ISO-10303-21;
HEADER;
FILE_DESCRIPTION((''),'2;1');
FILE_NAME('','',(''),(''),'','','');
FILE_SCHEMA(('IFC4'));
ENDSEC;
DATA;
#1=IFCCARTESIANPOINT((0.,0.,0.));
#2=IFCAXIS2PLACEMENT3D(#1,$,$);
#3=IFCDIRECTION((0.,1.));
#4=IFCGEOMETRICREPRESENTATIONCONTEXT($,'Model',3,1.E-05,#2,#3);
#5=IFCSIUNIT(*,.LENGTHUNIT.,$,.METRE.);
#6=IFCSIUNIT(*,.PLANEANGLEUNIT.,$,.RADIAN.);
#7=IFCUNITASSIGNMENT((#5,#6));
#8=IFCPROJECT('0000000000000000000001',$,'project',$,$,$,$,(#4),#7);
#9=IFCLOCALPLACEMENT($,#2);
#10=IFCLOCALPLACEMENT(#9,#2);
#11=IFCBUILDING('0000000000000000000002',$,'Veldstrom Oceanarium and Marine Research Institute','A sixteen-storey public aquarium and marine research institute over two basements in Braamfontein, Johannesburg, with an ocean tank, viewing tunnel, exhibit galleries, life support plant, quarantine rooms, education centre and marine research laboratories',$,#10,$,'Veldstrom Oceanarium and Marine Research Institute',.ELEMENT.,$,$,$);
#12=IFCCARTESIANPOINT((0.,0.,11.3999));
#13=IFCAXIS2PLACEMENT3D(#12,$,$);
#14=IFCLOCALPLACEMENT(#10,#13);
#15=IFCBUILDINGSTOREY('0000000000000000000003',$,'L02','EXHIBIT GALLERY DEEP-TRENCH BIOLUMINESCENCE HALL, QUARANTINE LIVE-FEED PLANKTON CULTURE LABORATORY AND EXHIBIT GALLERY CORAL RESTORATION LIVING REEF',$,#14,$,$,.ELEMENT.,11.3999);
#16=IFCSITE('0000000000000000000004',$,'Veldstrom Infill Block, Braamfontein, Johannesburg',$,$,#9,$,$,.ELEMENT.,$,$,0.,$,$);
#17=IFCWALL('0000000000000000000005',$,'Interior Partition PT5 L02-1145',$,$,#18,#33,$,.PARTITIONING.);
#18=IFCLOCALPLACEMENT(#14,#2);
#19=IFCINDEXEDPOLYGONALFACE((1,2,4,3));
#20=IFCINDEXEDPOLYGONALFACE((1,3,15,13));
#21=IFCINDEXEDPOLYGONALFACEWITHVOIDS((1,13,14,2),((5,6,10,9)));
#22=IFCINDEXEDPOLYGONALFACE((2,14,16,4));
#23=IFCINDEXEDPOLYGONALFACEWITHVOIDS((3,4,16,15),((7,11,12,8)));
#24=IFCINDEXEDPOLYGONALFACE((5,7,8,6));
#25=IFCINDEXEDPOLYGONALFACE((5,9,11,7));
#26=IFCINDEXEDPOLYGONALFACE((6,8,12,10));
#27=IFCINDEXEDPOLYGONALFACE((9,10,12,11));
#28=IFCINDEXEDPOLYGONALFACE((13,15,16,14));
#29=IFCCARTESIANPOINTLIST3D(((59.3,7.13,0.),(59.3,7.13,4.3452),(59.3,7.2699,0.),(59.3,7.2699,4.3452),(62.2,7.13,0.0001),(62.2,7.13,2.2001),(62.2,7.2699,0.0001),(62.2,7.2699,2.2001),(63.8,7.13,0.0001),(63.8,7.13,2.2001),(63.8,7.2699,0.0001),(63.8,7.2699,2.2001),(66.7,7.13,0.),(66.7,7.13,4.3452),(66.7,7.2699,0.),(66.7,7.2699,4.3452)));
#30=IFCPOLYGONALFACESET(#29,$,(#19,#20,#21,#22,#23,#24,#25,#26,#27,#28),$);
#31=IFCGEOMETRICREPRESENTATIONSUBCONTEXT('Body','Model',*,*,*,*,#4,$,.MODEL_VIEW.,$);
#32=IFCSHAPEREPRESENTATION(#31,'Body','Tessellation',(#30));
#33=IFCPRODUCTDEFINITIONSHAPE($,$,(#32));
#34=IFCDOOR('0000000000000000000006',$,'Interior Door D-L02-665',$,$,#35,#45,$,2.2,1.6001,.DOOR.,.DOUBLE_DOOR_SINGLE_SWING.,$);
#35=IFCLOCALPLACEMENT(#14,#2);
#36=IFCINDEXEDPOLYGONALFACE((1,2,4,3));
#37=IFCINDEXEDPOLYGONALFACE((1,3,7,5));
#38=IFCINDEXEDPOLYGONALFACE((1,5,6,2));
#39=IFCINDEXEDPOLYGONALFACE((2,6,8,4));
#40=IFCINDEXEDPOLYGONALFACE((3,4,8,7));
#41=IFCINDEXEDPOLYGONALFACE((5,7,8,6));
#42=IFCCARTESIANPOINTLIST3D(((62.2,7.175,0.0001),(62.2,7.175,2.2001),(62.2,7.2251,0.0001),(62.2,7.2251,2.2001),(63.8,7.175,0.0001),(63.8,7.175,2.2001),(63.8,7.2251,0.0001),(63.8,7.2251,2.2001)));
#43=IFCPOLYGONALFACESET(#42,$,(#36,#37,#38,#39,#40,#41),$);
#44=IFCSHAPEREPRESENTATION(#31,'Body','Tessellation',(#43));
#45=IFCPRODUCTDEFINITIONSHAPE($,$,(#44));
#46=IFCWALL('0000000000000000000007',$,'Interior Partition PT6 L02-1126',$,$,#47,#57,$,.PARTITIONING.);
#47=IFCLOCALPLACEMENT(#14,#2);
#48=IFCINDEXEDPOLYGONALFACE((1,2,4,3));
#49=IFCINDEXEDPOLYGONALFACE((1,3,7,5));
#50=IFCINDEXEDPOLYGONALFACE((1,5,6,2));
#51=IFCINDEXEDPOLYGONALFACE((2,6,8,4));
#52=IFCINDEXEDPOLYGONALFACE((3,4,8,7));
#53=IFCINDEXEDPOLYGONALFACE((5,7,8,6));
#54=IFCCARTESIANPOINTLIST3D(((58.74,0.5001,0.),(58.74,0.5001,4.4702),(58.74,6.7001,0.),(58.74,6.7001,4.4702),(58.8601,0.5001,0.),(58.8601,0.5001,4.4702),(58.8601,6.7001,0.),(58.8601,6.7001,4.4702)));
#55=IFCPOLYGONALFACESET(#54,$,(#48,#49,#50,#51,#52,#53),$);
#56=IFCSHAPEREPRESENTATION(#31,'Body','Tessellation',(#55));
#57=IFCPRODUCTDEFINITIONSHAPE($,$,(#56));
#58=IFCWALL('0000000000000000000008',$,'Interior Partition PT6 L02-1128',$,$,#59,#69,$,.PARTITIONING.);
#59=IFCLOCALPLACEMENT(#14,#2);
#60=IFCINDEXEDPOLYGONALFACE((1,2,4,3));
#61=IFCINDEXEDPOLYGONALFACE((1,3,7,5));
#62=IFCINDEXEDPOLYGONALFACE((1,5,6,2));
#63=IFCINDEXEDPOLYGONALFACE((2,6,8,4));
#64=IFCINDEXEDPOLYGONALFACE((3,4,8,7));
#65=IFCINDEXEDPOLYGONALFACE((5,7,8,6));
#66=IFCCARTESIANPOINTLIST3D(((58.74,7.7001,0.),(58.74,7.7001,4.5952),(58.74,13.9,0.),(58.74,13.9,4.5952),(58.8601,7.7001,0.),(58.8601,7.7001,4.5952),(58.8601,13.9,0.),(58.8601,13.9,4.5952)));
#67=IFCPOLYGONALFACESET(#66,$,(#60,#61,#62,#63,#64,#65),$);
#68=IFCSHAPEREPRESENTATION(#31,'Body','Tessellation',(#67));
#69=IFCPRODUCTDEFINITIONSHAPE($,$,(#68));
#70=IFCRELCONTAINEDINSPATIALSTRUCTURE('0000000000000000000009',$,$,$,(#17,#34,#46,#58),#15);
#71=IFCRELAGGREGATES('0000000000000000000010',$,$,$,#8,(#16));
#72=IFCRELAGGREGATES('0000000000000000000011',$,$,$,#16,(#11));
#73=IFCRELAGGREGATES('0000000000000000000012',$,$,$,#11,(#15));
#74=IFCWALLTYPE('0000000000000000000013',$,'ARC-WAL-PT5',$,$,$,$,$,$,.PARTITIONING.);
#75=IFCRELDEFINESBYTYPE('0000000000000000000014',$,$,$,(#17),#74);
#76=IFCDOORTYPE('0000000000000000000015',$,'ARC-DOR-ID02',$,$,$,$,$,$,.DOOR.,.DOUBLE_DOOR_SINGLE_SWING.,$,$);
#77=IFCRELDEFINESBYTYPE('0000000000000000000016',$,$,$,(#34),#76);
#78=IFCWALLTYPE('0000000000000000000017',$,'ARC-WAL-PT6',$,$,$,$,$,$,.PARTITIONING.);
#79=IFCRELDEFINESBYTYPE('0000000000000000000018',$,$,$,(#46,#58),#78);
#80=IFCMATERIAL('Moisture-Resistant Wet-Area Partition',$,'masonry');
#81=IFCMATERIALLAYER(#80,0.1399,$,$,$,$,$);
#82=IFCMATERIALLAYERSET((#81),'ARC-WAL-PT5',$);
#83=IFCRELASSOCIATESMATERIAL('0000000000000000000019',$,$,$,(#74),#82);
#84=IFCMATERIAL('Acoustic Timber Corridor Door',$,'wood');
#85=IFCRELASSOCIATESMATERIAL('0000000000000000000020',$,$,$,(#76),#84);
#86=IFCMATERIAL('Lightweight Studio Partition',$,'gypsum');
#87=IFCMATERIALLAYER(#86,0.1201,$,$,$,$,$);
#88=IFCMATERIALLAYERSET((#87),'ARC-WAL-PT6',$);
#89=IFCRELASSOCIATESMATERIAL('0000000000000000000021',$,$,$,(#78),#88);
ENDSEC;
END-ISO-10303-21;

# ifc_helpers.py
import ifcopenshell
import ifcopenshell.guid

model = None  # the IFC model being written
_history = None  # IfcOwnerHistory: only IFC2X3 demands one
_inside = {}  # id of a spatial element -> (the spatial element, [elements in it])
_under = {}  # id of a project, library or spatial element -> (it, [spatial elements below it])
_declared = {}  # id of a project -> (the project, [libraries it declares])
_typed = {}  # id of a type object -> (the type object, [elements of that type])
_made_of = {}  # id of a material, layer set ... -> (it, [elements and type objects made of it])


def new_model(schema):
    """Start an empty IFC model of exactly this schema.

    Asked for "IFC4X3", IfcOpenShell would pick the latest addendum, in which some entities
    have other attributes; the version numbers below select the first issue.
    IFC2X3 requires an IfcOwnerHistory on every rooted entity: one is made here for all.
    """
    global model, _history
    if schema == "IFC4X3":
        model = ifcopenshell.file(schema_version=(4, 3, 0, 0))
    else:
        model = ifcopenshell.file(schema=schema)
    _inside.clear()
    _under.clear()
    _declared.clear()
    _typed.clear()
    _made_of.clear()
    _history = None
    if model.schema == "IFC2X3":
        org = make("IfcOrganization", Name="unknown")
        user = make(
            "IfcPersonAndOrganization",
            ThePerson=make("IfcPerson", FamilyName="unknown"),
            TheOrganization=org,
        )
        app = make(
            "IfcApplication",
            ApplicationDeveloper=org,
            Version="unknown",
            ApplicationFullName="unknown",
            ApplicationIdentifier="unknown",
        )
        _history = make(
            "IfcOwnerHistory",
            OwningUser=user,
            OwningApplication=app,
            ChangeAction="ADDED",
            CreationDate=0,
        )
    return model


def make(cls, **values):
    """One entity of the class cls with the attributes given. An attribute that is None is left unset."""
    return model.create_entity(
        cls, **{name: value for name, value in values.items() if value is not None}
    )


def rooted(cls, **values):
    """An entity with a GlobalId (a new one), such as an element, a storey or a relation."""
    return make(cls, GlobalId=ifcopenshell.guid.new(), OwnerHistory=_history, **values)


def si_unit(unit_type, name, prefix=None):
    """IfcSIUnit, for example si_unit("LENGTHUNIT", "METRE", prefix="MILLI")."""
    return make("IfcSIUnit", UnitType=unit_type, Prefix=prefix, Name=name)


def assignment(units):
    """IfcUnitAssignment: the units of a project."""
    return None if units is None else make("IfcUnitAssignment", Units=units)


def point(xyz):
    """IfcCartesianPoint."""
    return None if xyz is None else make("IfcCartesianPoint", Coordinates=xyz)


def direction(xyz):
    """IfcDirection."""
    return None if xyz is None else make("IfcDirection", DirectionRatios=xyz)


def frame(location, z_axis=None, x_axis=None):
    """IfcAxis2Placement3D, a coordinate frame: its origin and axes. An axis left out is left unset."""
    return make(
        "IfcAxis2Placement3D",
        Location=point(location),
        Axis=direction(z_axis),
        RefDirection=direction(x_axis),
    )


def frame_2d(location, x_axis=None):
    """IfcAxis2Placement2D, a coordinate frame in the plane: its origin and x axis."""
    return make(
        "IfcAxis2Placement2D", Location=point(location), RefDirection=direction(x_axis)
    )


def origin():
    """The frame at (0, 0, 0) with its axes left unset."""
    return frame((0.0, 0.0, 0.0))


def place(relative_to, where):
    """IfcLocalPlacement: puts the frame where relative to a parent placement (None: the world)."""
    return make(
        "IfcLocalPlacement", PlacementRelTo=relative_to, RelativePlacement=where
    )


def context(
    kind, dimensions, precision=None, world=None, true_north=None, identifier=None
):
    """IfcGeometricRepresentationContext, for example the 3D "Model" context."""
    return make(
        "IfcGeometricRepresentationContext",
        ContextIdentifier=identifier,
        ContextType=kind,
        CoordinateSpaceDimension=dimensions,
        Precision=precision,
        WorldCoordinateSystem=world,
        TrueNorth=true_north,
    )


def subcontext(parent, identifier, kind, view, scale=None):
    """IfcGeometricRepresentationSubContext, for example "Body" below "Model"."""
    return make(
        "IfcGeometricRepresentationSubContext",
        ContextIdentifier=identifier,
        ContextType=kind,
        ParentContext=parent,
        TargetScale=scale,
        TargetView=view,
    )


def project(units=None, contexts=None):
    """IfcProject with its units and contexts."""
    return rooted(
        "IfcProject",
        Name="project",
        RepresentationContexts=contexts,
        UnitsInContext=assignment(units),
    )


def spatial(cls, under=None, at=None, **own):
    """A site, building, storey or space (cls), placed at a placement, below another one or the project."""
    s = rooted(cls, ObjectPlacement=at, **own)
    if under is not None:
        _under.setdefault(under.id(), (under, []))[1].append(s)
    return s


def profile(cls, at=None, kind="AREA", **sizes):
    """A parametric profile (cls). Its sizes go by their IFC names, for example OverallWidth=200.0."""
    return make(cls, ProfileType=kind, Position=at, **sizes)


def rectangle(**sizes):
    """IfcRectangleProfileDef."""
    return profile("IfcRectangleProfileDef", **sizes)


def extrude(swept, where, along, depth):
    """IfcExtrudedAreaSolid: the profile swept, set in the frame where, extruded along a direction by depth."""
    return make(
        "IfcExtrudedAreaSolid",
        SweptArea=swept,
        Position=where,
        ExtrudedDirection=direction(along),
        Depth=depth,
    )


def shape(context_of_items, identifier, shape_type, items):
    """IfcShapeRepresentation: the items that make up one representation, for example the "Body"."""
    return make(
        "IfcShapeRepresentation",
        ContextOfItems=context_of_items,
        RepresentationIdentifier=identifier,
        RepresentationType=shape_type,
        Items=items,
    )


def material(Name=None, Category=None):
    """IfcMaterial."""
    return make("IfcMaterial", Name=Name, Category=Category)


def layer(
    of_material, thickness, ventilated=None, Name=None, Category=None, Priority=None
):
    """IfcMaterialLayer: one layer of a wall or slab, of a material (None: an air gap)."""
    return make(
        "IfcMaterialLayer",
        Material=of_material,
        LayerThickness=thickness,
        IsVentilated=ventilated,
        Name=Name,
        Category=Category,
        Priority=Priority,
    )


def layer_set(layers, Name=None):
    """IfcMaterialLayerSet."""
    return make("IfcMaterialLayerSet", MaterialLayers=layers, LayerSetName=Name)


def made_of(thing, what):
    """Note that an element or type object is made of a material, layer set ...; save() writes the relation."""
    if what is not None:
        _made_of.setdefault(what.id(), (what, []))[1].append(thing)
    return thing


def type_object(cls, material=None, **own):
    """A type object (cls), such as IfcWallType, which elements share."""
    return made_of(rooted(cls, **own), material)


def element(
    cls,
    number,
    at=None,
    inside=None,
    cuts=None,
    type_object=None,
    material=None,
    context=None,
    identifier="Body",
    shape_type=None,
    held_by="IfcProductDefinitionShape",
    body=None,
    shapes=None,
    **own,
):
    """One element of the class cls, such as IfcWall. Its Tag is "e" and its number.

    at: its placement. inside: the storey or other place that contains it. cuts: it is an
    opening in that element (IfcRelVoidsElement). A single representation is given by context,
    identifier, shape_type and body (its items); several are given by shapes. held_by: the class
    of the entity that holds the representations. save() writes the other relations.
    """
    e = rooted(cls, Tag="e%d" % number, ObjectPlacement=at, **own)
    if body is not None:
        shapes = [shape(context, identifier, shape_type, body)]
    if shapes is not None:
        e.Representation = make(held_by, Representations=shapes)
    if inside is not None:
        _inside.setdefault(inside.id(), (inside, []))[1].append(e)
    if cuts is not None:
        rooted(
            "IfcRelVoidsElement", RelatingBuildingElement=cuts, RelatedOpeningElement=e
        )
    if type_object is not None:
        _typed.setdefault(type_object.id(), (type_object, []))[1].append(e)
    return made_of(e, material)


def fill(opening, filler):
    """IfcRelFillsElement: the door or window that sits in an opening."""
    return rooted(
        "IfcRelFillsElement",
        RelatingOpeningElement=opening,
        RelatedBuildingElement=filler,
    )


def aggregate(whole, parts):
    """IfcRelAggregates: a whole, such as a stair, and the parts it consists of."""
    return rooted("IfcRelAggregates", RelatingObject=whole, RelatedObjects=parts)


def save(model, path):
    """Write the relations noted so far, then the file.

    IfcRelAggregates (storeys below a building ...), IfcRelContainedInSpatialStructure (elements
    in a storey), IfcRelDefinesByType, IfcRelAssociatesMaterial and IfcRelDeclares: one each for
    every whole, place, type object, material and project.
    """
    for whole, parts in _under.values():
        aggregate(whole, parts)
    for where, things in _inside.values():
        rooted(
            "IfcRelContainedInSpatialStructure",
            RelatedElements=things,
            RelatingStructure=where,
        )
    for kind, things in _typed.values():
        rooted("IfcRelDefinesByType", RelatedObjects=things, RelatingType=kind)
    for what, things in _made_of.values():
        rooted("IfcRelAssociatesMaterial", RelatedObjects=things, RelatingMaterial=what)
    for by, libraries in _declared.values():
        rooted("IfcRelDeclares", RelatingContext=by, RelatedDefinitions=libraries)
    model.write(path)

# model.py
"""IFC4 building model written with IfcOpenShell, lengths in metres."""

from ifc_helpers import new_model, si_unit, direction, frame, frame_2d, origin, place, context, subcontext, project, spatial, rectangle, extrude, material, layer, layer_set, type_object, element, fill, save


model = new_model("IFC4")

# Units and contexts
model_context = context("Model", 3, precision=1e-05, world=origin(), true_north=direction((0.0, 1.0)))
body_context = subcontext(model_context, "Body", "Model", "MODEL_VIEW")
ifc_project = project(units=[si_unit("LENGTHUNIT", "METRE"), si_unit("PLANEANGLEUNIT", "RADIAN")], contexts=[model_context])

# Site, building, storey
site_placement = place(None, origin())
site = spatial("IfcSite", under=ifc_project, at=site_placement, Name="Veldstrom Infill Block, Braamfontein, Johannesburg", CompositionType="ELEMENT", RefElevation=0.0)
building_placement = place(site_placement, origin())
building = spatial("IfcBuilding", under=site, at=building_placement, Name="Veldstrom Oceanarium and Marine Research Institute", Description="A sixteen-storey public aquarium and marine research institute over two basements in Braamfontein, Johannesburg, with an ocean tank, viewing tunnel, exhibit galleries, life support plant, quarantine rooms, education centre and marine research laboratories", LongName="Veldstrom Oceanarium and Marine Research Institute", CompositionType="ELEMENT")
storey_placement = place(building_placement, frame((0.0, 0.0, 11.3999)))
storey = spatial("IfcBuildingStorey", under=building, at=storey_placement, Name="L02", Description="EXHIBIT GALLERY DEEP-TRENCH BIOLUMINESCENCE HALL, QUARANTINE LIVE-FEED PLANKTON CULTURE LABORATORY AND EXHIBIT GALLERY CORAL RESTORATION LIVING REEF", CompositionType="ELEMENT", Elevation=11.3999)

# Wall, opening, door
ifc_material_1 = material(Name="Moisture-Resistant Wet-Area Partition", Category="masonry")
ifc_layer_1 = layer(ifc_material_1, 0.1399)
ifc_layer_set_1 = layer_set([ifc_layer_1], Name="ARC-WAL-PT5")
wall_type_1 = type_object("IfcWallType", Name="ARC-WAL-PT5", PredefinedType="PARTITIONING", material=ifc_layer_set_1)
wall_1_placement = place(storey_placement, frame((59.3, 7.2, 0.0), z_axis=(0.0, 0.0, 1.0), x_axis=(1.0, 0.0, 0.0)))
wall_1 = element("IfcWall", 1, at=wall_1_placement, inside=storey, type_object=wall_type_1, Name="Interior Partition PT5 L02-1145", PredefinedType="PARTITIONING", context=body_context, shape_type="SweptSolid", body=[
    extrude(rectangle(XDim=7.3999, YDim=0.1399, at=frame_2d((3.7, 0.0))), origin(), (0.0, 0.0, 1.0), 4.3452),
])
opening_placement = place(wall_1_placement, frame((2.8999, 0.0, 0.0)))
opening = element("IfcOpeningElement", 2, at=opening_placement, cuts=wall_1, PredefinedType="OPENING", context=body_context, shape_type="SweptSolid", body=[
    extrude(rectangle(XDim=1.6001, YDim=2.2, at=frame_2d((0.8, 1.1001))), frame((0.0, 0.0798, 0.0), z_axis=(0.0, -1.0, 0.0), x_axis=(1.0, 0.0, 0.0)), (0.0, 0.0, 1.0), 0.1599),
])
ifc_material_2 = material(Name="Acoustic Timber Corridor Door", Category="wood")
door_type = type_object("IfcDoorType", Name="ARC-DOR-ID02", OperationType="DOUBLE_DOOR_SINGLE_SWING", PredefinedType="DOOR", material=ifc_material_2)
door_placement = place(opening_placement, frame((1.6001, 0.0, 0.0), z_axis=(0.0, 0.0, 1.0), x_axis=(-1.0, 0.0, 0.0)))
door = element("IfcDoor", 3, at=door_placement, inside=storey, type_object=door_type, Name="Interior Door D-L02-665", OperationType="DOUBLE_DOOR_SINGLE_SWING", OverallHeight=2.2, OverallWidth=1.6001, PredefinedType="DOOR", context=body_context, shape_type="SweptSolid", body=[
    extrude(rectangle(XDim=1.6001, YDim=2.2, at=frame_2d((0.8, 1.1001))), frame((0.0, 0.0249, 0.0), z_axis=(0.0, -1.0, 0.0), x_axis=(1.0, 0.0, 0.0)), (0.0, 0.0, 1.0), 0.05),
])
fill(opening, door)

# Walls
ifc_material_3 = material(Name="Lightweight Studio Partition", Category="gypsum")
ifc_layer_2 = layer(ifc_material_3, 0.1201)
ifc_layer_set_2 = layer_set([ifc_layer_2], Name="ARC-WAL-PT6")
wall_type_2 = type_object("IfcWallType", Name="ARC-WAL-PT6", PredefinedType="PARTITIONING", material=ifc_layer_set_2)
wall_2_placement = place(storey_placement, frame((58.8, 0.5, 0.0), z_axis=(0.0, 0.0, 1.0), x_axis=(0.0, 1.0, 0.0)))
element("IfcWall", 4, at=wall_2_placement, inside=storey, type_object=wall_type_2, Name="Interior Partition PT6 L02-1126", PredefinedType="PARTITIONING", context=body_context, shape_type="SweptSolid", body=[
    extrude(rectangle(XDim=6.2, YDim=0.1201, at=frame_2d((3.1001, 0.0))), origin(), (0.0, 0.0, 1.0), 4.4702),
])
wall_3_placement = place(storey_placement, frame((58.8, 7.7, 0.0), z_axis=(0.0, 0.0, 1.0), x_axis=(0.0, 1.0, 0.0)))
element("IfcWall", 5, at=wall_3_placement, inside=storey, type_object=wall_type_2, Name="Interior Partition PT6 L02-1128", PredefinedType="PARTITIONING", context=body_context, shape_type="SweptSolid", body=[
    extrude(rectangle(XDim=6.2, YDim=0.1201, at=frame_2d((3.1001, 0.0))), origin(), (0.0, 0.0, 1.0), 4.5952),
])

save(model, "model.ifc")
